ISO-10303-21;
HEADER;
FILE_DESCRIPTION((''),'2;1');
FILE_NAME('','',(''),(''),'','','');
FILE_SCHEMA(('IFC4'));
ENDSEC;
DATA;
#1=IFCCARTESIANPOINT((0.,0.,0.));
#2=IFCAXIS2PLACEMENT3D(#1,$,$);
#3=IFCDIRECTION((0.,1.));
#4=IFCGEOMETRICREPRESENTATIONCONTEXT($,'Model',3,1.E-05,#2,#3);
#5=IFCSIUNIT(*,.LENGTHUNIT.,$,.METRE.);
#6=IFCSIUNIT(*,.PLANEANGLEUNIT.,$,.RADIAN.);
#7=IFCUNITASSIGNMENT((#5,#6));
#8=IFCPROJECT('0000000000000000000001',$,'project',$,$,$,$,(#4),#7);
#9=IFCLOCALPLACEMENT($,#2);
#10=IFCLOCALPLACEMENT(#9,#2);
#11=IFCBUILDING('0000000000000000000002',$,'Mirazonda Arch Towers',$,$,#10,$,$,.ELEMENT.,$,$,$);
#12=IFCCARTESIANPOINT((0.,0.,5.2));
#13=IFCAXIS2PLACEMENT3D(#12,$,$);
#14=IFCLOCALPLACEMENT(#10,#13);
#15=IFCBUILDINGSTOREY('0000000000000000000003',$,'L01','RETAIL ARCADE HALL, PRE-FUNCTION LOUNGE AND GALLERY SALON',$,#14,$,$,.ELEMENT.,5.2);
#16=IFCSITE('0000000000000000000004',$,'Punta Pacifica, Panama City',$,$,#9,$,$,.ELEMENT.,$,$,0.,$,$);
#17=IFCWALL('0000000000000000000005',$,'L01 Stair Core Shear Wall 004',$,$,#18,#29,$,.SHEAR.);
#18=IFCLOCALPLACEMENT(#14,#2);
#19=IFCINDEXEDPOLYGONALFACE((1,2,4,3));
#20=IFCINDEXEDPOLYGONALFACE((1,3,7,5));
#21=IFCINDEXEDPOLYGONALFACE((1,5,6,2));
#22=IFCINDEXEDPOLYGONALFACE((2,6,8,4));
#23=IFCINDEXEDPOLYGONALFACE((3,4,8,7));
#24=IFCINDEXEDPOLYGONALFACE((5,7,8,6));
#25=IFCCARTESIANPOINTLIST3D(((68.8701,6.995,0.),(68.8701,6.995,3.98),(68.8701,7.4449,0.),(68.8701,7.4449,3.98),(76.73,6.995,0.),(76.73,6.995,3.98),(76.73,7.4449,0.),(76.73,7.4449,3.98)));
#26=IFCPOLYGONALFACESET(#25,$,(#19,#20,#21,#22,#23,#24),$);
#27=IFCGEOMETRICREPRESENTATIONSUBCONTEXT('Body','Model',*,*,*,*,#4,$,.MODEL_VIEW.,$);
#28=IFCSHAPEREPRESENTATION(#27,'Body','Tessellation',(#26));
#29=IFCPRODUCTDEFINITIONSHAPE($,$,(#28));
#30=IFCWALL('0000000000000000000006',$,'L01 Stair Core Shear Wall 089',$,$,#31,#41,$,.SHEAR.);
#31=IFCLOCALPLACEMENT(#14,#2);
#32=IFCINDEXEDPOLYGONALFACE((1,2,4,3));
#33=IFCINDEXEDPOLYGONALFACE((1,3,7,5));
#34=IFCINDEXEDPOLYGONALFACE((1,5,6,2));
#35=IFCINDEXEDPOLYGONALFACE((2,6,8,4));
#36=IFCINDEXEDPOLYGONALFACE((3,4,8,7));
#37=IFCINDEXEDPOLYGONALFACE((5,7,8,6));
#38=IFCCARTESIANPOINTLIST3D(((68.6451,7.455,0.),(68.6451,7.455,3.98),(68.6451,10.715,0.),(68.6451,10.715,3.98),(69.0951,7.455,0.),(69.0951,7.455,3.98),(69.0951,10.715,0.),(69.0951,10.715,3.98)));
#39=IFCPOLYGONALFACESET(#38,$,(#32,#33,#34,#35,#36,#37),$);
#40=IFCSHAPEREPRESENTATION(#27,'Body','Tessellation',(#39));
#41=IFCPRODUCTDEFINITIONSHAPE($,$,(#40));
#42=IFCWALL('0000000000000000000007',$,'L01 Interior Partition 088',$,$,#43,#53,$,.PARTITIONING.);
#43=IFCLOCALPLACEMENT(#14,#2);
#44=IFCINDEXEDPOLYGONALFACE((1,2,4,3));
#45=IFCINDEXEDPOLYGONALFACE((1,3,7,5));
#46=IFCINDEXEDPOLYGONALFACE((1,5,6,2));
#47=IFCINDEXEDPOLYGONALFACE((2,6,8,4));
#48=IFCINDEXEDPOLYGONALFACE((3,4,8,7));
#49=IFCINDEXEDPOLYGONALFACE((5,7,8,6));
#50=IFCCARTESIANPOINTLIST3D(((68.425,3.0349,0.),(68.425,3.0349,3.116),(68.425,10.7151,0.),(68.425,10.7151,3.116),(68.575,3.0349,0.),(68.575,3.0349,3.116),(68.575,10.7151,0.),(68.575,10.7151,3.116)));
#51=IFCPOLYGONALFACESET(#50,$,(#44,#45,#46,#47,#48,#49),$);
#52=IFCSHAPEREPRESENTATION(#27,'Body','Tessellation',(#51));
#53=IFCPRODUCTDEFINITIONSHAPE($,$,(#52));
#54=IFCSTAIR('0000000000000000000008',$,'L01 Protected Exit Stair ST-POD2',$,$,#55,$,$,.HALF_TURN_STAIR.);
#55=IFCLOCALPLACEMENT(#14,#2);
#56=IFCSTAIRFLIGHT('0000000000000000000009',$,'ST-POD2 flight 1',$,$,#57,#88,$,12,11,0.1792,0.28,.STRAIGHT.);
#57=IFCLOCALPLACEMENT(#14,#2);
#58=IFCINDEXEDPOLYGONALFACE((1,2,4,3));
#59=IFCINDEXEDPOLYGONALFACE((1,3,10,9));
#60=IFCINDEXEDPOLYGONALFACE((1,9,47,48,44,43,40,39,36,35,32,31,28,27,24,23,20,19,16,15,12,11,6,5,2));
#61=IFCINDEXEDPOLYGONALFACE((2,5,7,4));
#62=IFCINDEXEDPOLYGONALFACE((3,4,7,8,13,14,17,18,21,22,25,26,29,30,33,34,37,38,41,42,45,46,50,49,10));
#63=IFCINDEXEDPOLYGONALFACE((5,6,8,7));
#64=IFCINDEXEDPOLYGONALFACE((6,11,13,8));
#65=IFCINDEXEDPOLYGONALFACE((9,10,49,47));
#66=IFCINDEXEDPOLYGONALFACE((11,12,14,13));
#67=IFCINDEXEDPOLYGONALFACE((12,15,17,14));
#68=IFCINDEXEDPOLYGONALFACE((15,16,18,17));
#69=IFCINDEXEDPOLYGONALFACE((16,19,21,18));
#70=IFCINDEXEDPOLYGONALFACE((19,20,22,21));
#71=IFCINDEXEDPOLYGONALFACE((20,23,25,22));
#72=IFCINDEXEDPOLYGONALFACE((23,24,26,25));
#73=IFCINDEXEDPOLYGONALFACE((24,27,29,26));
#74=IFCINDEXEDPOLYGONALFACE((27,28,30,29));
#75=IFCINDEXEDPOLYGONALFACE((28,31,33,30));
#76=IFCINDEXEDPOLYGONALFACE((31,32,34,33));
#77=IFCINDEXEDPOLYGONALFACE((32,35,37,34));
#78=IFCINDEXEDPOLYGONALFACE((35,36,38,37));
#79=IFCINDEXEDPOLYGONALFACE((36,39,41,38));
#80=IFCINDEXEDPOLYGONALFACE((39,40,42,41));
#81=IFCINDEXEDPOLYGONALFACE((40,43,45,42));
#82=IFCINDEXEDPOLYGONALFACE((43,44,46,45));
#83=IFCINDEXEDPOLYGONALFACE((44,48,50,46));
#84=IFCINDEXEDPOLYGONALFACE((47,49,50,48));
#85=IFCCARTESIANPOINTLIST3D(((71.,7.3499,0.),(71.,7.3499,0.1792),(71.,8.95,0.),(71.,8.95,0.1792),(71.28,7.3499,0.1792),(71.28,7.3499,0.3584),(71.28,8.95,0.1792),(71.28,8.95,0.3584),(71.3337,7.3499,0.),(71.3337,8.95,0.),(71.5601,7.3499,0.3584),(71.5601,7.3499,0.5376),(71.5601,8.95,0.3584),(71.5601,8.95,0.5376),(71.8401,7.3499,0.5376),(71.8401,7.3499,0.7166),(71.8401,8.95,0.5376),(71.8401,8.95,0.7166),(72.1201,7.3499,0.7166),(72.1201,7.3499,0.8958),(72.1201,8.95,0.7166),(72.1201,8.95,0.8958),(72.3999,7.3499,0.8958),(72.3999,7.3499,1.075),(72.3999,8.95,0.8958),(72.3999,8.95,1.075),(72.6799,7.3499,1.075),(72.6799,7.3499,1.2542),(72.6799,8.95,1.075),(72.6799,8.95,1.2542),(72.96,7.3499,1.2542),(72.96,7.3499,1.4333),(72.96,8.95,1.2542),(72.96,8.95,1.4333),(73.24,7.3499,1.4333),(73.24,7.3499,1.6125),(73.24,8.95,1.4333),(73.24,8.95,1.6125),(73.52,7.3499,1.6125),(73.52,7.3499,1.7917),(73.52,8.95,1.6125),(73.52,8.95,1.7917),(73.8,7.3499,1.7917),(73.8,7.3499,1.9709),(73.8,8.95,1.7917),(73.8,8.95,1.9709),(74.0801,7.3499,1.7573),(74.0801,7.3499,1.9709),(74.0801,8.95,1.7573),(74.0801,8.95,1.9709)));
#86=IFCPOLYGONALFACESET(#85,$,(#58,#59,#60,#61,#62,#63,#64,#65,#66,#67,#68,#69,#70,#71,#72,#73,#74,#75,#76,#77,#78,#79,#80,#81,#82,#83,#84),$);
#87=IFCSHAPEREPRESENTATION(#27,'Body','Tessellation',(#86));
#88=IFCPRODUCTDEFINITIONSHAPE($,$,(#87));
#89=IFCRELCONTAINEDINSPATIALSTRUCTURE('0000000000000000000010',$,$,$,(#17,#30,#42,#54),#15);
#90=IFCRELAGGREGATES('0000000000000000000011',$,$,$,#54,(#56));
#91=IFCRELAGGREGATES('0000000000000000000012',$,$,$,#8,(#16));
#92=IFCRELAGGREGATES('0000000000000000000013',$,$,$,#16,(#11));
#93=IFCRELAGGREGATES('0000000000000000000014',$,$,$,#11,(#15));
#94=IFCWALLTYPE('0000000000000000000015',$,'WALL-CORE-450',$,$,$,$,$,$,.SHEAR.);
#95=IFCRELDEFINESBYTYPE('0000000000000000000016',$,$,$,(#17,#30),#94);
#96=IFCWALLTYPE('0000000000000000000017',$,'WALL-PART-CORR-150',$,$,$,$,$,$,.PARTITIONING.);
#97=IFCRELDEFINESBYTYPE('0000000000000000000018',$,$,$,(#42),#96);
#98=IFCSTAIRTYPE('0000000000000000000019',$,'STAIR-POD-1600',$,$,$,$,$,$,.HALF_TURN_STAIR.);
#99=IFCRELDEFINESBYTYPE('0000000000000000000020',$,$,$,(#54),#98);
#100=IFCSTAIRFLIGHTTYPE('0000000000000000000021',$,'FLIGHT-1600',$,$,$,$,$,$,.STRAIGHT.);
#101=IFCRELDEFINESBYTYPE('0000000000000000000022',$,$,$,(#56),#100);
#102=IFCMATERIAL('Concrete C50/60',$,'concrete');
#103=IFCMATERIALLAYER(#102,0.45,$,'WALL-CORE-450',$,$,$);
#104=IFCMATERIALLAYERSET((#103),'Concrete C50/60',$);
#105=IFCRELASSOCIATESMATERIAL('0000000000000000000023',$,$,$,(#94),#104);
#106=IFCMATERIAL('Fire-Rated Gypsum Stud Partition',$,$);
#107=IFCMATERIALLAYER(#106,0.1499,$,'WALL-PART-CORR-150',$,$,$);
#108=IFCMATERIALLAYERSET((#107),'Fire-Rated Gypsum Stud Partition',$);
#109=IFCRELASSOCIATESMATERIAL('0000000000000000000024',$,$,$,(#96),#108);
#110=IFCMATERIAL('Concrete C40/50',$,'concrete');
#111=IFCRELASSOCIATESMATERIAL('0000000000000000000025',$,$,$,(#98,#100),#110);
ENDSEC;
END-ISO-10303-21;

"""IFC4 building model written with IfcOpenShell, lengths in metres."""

from ifc_helpers import new_model, si_unit, direction, frame, frame_2d, origin, place, context, subcontext, project, spatial, polyline, rectangle, outline, extrude, material, layer, layer_set, type_object, element, aggregate, save


model = new_model("IFC4")

# Units and contexts
model_context = context("Model", 3, precision=1e-05, world=origin(), true_north=direction((0.0, 1.0)))
body_context = subcontext(model_context, "Body", "Model", "MODEL_VIEW")
ifc_project = project(units=[si_unit("LENGTHUNIT", "METRE"), si_unit("PLANEANGLEUNIT", "RADIAN")], contexts=[model_context])

# Site, building, storey
site_placement = place(None, origin())
site = spatial("IfcSite", under=ifc_project, at=site_placement, Name="Punta Pacifica, Panama City", CompositionType="ELEMENT", RefElevation=0.0)
building_placement = place(site_placement, origin())
building = spatial("IfcBuilding", under=site, at=building_placement, Name="Mirazonda Arch Towers", CompositionType="ELEMENT")
storey_placement = place(building_placement, frame((0.0, 0.0, 5.2)))
storey = spatial("IfcBuildingStorey", under=building, at=storey_placement, Name="L01", Description="RETAIL ARCADE HALL, PRE-FUNCTION LOUNGE AND GALLERY SALON", CompositionType="ELEMENT", Elevation=5.2)

# Shared definitions
ifc_material_1 = material(Name="Concrete C50/60", Category="concrete")

# Walls
ifc_layer_1 = layer(ifc_material_1, 0.45, Name="WALL-CORE-450")
ifc_layer_set_1 = layer_set([ifc_layer_1], Name="Concrete C50/60")
wall_type_1 = type_object("IfcWallType", Name="WALL-CORE-450", PredefinedType="SHEAR", material=ifc_layer_set_1)
wall_1_placement = place(storey_placement, frame((68.8701, 7.22, 0.0), z_axis=(0.0, 0.0, 1.0), x_axis=(1.0, 0.0, 0.0)))
element("IfcWall", 1, at=wall_1_placement, inside=storey, type_object=wall_type_1, Name="L01 Stair Core Shear Wall 004", PredefinedType="SHEAR", context=body_context, shape_type="SweptSolid", body=[
    extrude(rectangle(XDim=7.8599, YDim=0.45, at=frame_2d((3.9299, 0.0))), origin(), (0.0, 0.0, 1.0), 3.98),
])
wall_2_placement = place(storey_placement, frame((68.8701, 7.4551, 0.0), z_axis=(0.0, 0.0, 1.0), x_axis=(0.0, 1.0, 0.0)))
element("IfcWall", 2, at=wall_2_placement, inside=storey, type_object=wall_type_1, Name="L01 Stair Core Shear Wall 089", PredefinedType="SHEAR", context=body_context, shape_type="SweptSolid", body=[
    extrude(rectangle(XDim=3.26, YDim=0.45, at=frame_2d((1.6299, 0.0))), origin(), (0.0, 0.0, 1.0), 3.98),
])
ifc_material_2 = material(Name="Fire-Rated Gypsum Stud Partition")
ifc_layer_2 = layer(ifc_material_2, 0.1499, Name="WALL-PART-CORR-150")
ifc_layer_set_2 = layer_set([ifc_layer_2], Name="Fire-Rated Gypsum Stud Partition")
wall_type_2 = type_object("IfcWallType", Name="WALL-PART-CORR-150", PredefinedType="PARTITIONING", material=ifc_layer_set_2)
wall_3_placement = place(storey_placement, frame((68.5, 3.0349, 0.0), z_axis=(0.0, 0.0, 1.0), x_axis=(0.0, 1.0, 0.0)))
element("IfcWall", 3, at=wall_3_placement, inside=storey, type_object=wall_type_2, Name="L01 Interior Partition 088", PredefinedType="PARTITIONING", context=body_context, shape_type="SweptSolid", body=[
    extrude(rectangle(XDim=7.6802, YDim=0.1499, at=frame_2d((3.8401, 0.0))), origin(), (0.0, 0.0, 1.0), 3.116),
])

# Stair, stair flight
ifc_material_3 = material(Name="Concrete C40/50", Category="concrete")
stair_type = type_object("IfcStairType", Name="STAIR-POD-1600", PredefinedType="HALF_TURN_STAIR", material=ifc_material_3)
stair_placement = place(storey_placement, origin())
stair = element("IfcStair", 4, at=stair_placement, inside=storey, type_object=stair_type, Name="L01 Protected Exit Stair ST-POD2", PredefinedType="HALF_TURN_STAIR")
stair_flight_type = type_object("IfcStairFlightType", Name="FLIGHT-1600", PredefinedType="STRAIGHT", material=ifc_material_3)
stair_flight_placement = place(storey_placement, frame((71.0, 8.1499, 0.0), z_axis=(0.0, 0.0, 1.0), x_axis=(1.0, 0.0, 0.0)))
stair_flight = element("IfcStairFlight", 5, at=stair_flight_placement, type_object=stair_flight_type, Name="ST-POD2 flight 1", NumberOfRisers=12, NumberOfTreads=11, PredefinedType="STRAIGHT", RiserHeight=0.1792, TreadLength=0.28, context=body_context, shape_type="SweptSolid", body=[
    extrude(outline(polyline([(0.0, 0.0), (0.0, 0.1792), (0.28, 0.1792), (0.28, 0.3584), (0.5601, 0.3584), (0.5601, 0.5376), (0.8401, 0.5376), (0.8401, 0.7166), (1.1201, 0.7166), (1.1201, 0.8958), (1.3999, 0.8958), (1.3999, 1.075), (1.6799, 1.075), (1.6799, 1.2542), (1.96, 1.2542), (1.96, 1.4333), (2.24, 1.4333), (2.24, 1.6125), (2.52, 1.6125), (2.52, 1.7917), (2.8, 1.7917), (2.8, 1.9709), (3.0801, 1.9709), (3.0801, 2.1499), (3.0801, 1.7573), (0.3337, 0.0), (0.0, 0.0)])), frame((0.0, 0.8, 0.0), z_axis=(0.0, -1.0, 0.0), x_axis=(1.0, 0.0, 0.0)), (0.0, 0.0, 1.0), 1.6001),
])
aggregate(stair, [stair_flight])

save(model, "model.ifc")
